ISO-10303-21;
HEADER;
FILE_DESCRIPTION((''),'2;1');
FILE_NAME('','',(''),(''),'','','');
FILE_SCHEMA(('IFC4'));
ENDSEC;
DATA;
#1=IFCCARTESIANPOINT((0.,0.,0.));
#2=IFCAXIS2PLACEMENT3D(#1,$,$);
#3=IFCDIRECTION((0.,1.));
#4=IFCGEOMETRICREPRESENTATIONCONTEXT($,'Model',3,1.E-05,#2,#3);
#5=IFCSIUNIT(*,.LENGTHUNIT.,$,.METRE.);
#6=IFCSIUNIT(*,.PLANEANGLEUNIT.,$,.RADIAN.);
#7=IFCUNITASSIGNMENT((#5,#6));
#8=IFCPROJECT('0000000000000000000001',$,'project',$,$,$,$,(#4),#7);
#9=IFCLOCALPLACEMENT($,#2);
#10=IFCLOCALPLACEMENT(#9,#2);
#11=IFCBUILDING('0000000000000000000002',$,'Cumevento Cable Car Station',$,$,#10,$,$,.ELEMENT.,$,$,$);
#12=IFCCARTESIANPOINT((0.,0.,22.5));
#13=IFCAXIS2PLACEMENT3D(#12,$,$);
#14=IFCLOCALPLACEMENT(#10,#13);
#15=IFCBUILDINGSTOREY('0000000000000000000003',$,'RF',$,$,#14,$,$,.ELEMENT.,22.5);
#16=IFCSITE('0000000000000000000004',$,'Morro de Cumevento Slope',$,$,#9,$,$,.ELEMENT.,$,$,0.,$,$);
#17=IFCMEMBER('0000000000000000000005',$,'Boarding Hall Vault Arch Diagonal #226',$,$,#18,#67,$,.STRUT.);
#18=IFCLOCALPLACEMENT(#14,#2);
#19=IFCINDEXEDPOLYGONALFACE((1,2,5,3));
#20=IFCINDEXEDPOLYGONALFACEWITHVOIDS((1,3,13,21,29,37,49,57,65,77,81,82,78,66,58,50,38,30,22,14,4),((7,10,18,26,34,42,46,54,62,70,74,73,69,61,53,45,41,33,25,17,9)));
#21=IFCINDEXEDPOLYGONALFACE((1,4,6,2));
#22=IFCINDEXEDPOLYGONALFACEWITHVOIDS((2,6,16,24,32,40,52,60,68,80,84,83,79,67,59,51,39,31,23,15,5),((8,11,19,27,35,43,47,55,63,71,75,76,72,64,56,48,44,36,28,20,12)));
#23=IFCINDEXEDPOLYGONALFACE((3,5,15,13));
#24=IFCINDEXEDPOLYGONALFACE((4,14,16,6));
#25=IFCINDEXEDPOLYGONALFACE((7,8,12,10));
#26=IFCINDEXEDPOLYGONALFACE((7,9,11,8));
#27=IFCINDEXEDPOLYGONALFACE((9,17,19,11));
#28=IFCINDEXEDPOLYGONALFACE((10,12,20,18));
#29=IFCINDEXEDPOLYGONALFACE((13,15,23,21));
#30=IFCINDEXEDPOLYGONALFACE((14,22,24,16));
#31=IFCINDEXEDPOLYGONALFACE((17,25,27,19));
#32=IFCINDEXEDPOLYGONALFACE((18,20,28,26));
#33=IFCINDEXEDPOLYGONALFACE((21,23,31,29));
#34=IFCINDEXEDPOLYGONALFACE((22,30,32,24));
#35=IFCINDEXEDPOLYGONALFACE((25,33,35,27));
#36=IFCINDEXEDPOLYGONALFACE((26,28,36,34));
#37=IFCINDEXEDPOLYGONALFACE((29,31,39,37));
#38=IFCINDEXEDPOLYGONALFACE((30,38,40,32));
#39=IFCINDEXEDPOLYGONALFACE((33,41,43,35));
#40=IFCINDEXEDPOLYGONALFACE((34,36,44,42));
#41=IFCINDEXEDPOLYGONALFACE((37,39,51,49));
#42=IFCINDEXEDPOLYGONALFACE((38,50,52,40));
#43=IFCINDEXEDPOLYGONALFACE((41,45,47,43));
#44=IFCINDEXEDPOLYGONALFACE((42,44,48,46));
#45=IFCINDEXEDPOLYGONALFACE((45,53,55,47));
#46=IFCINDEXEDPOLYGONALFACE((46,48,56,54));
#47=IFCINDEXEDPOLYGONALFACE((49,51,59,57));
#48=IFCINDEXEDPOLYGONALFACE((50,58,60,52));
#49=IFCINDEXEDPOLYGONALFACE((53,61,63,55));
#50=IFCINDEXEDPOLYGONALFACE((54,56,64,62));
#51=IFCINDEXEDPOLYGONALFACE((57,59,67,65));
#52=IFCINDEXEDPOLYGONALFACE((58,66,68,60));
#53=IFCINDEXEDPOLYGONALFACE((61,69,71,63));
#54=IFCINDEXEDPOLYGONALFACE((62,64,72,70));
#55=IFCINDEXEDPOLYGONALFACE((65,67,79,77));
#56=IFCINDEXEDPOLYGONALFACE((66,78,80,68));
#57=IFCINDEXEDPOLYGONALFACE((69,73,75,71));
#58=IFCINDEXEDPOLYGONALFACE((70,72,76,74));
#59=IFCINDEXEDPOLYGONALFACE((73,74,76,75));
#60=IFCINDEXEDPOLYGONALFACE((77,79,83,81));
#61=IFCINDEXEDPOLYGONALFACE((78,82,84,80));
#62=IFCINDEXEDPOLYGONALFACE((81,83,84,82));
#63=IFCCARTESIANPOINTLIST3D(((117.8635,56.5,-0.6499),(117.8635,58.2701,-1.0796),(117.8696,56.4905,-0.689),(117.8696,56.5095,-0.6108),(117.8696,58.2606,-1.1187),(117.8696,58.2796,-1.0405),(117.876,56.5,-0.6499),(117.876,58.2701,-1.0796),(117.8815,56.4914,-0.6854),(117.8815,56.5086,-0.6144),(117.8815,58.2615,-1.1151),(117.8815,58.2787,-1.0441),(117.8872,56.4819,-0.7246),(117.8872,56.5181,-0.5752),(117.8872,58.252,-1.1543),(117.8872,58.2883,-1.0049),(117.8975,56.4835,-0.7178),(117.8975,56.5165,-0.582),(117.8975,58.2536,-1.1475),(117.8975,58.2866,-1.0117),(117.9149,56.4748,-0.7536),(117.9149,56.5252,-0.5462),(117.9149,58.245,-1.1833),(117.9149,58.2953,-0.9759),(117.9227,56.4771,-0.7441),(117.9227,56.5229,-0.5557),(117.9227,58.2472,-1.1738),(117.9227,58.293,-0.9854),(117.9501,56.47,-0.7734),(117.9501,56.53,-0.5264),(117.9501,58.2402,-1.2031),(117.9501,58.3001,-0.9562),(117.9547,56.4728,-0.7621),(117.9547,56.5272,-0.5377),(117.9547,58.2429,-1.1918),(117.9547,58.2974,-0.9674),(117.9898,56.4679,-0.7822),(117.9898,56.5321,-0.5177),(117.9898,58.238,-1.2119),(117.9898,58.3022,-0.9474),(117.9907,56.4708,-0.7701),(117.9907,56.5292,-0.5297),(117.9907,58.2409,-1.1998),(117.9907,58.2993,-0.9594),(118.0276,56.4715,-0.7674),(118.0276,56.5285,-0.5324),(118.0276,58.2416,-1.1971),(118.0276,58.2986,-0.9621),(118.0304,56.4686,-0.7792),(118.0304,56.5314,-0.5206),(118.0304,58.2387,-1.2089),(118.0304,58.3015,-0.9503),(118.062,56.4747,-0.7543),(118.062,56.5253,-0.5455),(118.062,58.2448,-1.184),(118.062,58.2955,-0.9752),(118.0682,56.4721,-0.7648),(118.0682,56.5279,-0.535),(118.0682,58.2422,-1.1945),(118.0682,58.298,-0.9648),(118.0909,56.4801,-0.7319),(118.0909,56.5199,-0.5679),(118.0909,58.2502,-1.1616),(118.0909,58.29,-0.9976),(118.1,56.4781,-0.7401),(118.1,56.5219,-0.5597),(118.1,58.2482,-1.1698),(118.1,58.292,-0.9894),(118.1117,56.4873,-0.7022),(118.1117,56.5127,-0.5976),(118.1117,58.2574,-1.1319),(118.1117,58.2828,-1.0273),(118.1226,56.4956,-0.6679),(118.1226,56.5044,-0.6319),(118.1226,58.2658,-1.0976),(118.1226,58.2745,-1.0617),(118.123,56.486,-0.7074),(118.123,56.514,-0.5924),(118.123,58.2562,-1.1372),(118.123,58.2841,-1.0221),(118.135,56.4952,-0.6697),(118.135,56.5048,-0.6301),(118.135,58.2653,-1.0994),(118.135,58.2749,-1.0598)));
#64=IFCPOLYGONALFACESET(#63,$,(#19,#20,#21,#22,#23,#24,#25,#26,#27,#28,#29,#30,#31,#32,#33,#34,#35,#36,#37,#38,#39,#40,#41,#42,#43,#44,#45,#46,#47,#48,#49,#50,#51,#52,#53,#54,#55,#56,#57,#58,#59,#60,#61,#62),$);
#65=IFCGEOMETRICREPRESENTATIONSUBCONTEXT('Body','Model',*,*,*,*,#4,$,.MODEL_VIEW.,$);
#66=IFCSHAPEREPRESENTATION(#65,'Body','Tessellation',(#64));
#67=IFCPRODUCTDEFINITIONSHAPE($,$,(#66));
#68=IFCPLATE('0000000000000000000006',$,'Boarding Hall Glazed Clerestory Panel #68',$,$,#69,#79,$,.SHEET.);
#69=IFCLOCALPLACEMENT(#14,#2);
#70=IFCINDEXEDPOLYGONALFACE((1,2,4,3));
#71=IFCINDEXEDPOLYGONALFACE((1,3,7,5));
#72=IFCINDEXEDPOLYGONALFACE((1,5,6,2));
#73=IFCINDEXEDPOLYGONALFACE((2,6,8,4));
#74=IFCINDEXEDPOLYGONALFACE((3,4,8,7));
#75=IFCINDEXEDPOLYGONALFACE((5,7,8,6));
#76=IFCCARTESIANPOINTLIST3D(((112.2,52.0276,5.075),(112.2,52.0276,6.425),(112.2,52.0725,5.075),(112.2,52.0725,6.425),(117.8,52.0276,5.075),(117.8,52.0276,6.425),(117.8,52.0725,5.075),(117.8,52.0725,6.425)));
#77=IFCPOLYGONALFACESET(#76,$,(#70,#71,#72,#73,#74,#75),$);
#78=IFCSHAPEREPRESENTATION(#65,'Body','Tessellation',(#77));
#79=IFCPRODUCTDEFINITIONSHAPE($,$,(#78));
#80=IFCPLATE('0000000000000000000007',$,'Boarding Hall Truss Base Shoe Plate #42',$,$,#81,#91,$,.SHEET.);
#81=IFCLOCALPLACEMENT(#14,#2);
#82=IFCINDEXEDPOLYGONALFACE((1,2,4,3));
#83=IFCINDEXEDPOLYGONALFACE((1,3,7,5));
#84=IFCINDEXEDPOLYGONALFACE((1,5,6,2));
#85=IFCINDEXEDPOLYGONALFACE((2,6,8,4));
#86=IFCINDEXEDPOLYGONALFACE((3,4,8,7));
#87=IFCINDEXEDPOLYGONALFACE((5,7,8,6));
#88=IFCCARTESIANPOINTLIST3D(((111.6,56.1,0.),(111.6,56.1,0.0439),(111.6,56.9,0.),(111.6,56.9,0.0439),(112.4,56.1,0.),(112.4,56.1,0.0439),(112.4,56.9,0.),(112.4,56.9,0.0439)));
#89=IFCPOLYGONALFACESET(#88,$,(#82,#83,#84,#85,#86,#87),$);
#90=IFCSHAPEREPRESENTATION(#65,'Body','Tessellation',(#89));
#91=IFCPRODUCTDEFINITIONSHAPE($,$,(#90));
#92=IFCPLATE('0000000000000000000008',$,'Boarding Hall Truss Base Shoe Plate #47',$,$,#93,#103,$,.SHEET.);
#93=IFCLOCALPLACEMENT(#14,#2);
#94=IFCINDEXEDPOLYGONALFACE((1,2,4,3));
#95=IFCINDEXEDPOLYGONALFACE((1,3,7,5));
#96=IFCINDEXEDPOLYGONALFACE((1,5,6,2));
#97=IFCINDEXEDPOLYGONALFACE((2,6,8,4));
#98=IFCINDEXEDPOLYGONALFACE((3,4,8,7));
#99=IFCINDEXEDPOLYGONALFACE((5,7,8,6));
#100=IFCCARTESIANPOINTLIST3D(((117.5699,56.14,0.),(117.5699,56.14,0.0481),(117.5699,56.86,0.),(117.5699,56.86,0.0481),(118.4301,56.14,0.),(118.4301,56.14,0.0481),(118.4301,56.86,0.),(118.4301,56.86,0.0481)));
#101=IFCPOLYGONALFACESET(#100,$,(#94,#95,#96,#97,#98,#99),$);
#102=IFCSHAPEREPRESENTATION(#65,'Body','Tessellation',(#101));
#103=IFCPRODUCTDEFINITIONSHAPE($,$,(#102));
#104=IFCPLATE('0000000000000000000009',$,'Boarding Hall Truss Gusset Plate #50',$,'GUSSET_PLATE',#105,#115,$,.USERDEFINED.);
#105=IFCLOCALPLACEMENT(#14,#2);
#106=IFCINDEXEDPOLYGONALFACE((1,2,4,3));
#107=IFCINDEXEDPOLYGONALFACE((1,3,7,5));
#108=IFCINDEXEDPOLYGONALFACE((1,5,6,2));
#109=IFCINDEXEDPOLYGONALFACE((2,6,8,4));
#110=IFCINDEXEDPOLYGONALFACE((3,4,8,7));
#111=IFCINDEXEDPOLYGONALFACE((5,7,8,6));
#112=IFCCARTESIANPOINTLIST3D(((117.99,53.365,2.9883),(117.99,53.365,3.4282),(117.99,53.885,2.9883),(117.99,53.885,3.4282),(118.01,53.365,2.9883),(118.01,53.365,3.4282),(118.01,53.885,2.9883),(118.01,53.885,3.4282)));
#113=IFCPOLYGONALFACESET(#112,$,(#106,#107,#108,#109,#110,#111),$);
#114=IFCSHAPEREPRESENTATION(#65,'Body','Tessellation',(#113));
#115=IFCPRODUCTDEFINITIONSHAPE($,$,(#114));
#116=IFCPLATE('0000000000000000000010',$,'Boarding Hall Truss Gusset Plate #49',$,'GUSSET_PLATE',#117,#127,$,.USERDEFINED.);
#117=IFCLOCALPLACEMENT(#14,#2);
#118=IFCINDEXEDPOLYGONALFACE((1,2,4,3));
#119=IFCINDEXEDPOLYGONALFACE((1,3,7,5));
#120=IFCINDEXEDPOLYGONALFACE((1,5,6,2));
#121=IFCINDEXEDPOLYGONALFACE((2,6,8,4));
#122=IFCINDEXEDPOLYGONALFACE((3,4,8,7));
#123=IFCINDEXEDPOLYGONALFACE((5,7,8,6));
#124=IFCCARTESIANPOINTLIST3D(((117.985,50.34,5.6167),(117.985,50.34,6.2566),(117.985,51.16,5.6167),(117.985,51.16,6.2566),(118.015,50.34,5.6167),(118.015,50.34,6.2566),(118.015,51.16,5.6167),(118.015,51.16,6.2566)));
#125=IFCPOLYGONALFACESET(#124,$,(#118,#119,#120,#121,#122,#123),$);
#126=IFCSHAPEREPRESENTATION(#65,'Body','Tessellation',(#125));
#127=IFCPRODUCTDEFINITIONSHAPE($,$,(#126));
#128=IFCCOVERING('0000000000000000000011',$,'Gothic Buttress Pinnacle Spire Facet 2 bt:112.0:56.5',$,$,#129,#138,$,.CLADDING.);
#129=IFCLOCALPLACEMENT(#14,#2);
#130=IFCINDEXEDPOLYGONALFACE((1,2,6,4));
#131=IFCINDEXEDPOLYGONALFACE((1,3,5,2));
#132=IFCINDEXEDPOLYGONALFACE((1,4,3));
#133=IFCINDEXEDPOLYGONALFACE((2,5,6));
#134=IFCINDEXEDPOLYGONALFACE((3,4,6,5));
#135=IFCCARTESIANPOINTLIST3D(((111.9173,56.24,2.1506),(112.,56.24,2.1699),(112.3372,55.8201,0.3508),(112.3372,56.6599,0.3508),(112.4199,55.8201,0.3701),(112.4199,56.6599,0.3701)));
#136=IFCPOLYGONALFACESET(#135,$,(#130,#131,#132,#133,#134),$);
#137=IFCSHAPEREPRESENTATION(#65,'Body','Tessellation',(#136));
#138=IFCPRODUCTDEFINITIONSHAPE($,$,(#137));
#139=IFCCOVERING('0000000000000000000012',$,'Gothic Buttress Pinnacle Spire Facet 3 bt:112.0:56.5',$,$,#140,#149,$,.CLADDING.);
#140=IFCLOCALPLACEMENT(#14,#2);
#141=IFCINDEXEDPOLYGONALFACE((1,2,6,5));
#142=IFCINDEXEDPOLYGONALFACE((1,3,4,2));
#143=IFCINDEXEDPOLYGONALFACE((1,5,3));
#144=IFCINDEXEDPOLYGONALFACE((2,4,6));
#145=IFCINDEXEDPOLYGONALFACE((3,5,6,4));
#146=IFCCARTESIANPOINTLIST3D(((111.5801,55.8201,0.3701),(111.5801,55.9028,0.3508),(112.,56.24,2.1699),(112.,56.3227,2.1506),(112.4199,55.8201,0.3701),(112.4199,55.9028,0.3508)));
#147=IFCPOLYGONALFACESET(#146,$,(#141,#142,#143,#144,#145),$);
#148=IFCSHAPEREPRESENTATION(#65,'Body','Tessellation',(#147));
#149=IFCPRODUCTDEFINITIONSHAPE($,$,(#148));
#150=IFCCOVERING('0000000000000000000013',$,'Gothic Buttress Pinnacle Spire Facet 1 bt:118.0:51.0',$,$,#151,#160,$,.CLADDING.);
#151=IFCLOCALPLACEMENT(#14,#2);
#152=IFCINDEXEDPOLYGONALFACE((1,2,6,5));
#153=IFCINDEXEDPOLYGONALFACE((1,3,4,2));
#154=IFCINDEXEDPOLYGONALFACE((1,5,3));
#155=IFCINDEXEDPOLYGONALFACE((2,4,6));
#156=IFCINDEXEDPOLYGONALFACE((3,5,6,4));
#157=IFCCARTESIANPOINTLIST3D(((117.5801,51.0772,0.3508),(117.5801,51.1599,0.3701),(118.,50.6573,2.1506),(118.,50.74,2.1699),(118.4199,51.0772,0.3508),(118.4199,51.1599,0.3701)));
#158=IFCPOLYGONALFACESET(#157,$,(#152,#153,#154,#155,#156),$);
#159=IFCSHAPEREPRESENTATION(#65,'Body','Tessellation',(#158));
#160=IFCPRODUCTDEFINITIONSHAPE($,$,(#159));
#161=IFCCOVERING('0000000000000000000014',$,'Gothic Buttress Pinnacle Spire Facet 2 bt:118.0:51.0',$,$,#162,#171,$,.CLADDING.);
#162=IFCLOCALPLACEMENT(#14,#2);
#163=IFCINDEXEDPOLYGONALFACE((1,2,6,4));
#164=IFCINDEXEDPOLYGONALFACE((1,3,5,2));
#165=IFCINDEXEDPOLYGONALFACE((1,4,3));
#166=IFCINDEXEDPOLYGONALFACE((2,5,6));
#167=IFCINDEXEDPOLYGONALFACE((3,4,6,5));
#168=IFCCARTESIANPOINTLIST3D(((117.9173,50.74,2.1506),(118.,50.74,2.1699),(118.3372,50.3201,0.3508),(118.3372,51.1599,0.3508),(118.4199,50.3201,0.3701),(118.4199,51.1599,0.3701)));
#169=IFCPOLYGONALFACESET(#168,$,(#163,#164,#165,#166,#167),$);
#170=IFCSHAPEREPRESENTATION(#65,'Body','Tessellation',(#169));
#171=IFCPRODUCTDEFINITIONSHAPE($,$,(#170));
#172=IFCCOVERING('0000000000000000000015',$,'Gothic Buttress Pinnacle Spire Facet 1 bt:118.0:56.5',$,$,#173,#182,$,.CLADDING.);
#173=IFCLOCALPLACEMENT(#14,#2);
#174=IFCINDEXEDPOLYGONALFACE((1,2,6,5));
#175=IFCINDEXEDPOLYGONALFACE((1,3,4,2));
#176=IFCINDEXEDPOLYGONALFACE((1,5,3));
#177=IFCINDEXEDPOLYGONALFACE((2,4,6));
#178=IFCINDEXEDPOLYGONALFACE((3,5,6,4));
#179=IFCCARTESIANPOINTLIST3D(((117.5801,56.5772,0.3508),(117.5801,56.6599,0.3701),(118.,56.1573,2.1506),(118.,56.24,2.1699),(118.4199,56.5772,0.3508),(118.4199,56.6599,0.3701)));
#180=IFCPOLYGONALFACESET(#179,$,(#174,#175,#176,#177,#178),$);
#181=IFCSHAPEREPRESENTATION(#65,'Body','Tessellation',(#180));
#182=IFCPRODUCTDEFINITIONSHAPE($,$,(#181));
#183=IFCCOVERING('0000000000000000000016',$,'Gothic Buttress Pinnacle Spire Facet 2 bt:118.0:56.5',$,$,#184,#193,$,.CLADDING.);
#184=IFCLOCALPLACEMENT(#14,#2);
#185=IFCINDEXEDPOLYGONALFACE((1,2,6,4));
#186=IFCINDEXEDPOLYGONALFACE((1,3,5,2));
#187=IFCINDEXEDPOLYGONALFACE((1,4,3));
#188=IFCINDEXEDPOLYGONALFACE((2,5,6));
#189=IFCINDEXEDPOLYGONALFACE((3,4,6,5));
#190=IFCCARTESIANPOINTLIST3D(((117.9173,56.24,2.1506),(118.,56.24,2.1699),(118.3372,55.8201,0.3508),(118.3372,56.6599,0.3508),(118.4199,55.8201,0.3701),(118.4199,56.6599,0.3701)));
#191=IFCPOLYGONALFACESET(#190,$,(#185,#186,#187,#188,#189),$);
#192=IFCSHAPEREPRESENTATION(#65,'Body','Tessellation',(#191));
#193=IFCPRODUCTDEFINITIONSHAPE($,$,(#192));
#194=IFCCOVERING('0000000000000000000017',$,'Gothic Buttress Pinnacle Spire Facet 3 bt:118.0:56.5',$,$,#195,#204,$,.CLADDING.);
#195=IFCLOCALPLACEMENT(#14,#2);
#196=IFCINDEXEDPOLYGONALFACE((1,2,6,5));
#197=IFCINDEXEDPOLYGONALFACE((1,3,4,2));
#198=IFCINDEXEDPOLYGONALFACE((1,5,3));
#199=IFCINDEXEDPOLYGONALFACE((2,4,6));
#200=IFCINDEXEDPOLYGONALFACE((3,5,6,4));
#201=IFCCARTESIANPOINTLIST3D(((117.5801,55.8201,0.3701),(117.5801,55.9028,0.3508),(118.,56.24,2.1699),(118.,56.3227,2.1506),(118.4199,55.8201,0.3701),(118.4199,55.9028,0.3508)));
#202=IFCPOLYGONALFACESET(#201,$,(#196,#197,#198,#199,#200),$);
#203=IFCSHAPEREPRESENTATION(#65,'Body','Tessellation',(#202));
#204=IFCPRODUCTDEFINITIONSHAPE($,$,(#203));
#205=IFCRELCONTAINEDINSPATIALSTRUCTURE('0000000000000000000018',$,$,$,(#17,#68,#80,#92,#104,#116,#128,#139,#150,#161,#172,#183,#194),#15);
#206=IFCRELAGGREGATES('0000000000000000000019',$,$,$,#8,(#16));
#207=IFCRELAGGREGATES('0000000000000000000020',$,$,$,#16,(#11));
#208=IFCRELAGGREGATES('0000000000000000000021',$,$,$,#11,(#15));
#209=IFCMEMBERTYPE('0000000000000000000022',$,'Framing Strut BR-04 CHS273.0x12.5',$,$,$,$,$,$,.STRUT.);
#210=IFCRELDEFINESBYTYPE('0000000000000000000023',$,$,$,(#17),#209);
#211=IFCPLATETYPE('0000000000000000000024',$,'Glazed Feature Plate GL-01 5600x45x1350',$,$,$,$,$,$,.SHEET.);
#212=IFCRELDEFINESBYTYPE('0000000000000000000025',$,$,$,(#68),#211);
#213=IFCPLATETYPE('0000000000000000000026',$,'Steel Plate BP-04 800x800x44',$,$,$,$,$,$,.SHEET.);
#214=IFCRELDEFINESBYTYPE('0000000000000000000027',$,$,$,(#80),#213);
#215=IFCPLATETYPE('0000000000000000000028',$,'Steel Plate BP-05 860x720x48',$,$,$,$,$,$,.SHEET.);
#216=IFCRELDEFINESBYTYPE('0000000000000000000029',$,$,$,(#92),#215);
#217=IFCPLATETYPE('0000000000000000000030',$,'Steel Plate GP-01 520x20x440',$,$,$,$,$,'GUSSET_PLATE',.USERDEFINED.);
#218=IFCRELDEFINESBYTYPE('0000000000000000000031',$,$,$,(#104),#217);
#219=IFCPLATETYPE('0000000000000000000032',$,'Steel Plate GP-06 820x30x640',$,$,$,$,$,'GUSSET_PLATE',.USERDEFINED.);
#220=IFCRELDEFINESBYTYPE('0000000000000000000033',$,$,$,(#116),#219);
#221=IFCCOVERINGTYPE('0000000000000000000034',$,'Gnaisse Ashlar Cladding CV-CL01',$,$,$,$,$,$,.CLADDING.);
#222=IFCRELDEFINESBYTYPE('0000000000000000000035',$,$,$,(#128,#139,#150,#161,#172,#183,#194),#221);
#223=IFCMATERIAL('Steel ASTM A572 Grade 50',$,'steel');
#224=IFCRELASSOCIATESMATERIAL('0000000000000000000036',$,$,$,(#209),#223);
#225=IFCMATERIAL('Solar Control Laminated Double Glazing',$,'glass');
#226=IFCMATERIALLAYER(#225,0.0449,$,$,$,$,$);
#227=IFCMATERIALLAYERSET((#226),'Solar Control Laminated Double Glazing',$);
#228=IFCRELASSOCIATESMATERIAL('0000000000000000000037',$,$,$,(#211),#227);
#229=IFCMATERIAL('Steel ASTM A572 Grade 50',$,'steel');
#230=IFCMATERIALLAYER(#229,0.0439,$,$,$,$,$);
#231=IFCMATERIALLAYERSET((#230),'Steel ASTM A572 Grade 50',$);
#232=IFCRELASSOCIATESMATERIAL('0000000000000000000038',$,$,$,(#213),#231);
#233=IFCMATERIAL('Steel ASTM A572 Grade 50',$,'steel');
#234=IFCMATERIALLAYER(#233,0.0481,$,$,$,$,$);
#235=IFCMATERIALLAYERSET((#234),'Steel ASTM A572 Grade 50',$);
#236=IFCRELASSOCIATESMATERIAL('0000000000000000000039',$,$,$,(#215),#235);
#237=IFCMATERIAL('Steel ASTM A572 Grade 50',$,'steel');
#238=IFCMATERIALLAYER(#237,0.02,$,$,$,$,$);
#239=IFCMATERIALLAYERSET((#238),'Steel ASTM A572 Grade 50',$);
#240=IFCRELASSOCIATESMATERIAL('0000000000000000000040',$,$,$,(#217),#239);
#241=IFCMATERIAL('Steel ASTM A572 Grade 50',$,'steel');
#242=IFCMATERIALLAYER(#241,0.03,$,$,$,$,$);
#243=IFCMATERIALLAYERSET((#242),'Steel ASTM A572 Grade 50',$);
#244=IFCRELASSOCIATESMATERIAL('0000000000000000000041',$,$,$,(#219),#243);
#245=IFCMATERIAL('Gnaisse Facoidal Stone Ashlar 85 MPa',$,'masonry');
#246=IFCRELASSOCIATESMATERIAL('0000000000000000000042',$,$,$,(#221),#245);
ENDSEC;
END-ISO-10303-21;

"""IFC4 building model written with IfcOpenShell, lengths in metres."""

from ifc_helpers import new_model, si_unit, direction, frame, origin, origin_2d, place, context, subcontext, project, spatial, polyline, rectangle, hollow_circle, outline, extrude, material, layer, layer_set, material_profile, profile_set, type_object, element, save


model = new_model("IFC4")

# Units and contexts
model_context = context("Model", 3, precision=1e-05, world=origin(), true_north=direction((0.0, 1.0)))
body_context = subcontext(model_context, "Body", "Model", "MODEL_VIEW")
ifc_project = project(units=[si_unit("LENGTHUNIT", "METRE"), si_unit("PLANEANGLEUNIT", "RADIAN")], contexts=[model_context])

# Site, building, storey
site_placement = place(None, origin())
site = spatial("IfcSite", under=ifc_project, at=site_placement, Name="Morro de Cumevento Slope", CompositionType="ELEMENT", RefElevation=0.0)
building_placement = place(site_placement, origin())
building = spatial("IfcBuilding", under=site, at=building_placement, Name="Cumevento Cable Car Station", CompositionType="ELEMENT")
storey_placement = place(building_placement, frame((0.0, 0.0, 22.5)))
storey = spatial("IfcBuildingStorey", under=building, at=storey_placement, Name="RF", CompositionType="ELEMENT", Elevation=22.5)

# Member
ifc_material_1 = material(Name="Steel ASTM A572 Grade 50", Category="steel")
ifc_material_profile_1 = material_profile(ifc_material_1, hollow_circle(Radius=0.1365, WallThickness=0.0125, at=origin_2d()), Name="CHS273.0x12.5")
ifc_profile_set_1 = profile_set([ifc_material_profile_1], Name="Steel ASTM A572 Grade 50")
member_type_1 = type_object("IfcMemberType", Name="Framing Strut BR-04 CHS273.0x12.5", PredefinedType="STRUT", material=ifc_profile_set_1)
for number, where, z_axis, x_axis, name in (
    (1, (118.0, 56.5, -0.6499), (0.0, 0.971776, -0.235907), (-1.0, 0.0, 0.0), "Boarding Hall Vault Arch Diagonal #226"),
):
    element("IfcMember", number, at=place(storey_placement, frame(where, z_axis=z_axis, x_axis=x_axis)), inside=storey, type_object=member_type_1, Name=name, PredefinedType="STRUT", context=body_context, shape_type="SweptSolid", body=[
        extrude(hollow_circle(Radius=0.1365, WallThickness=0.0125, at=origin_2d()), origin(), (0.0, 0.0, 1.0), 1.8215),
    ])

# Plates
ifc_material_2 = material(Name="Solar Control Laminated Double Glazing", Category="glass")
ifc_layer_1 = layer(ifc_material_2, 0.0449)
ifc_layer_set_1 = layer_set([ifc_layer_1], Name="Solar Control Laminated Double Glazing")
plate_type_1 = type_object("IfcPlateType", Name="Glazed Feature Plate GL-01 5600x45x1350", PredefinedType="SHEET", material=ifc_layer_set_1)
plate_1_placement = place(storey_placement, frame((115.0, 52.05, 5.075), z_axis=(0.0, 0.0, 1.0), x_axis=(1.0, 0.0, 0.0)))
element("IfcPlate", 2, at=plate_1_placement, inside=storey, type_object=plate_type_1, Name="Boarding Hall Glazed Clerestory Panel #68", PredefinedType="SHEET", context=body_context, shape_type="SweptSolid", body=[
    extrude(rectangle(XDim=5.6001, YDim=0.0449, at=origin_2d()), origin(), (0.0, 0.0, 1.0), 1.3501),
])
ifc_material_3 = material(Name="Steel ASTM A572 Grade 50", Category="steel")
ifc_layer_2 = layer(ifc_material_3, 0.0439)
ifc_layer_set_2 = layer_set([ifc_layer_2], Name="Steel ASTM A572 Grade 50")
plate_type_2 = type_object("IfcPlateType", Name="Steel Plate BP-04 800x800x44", PredefinedType="SHEET", material=ifc_layer_set_2)
plate_2_placement = place(storey_placement, frame((112.0, 56.5, 0.0), z_axis=(0.0, 0.0, 1.0), x_axis=(1.0, 0.0, 0.0)))
element("IfcPlate", 3, at=plate_2_placement, inside=storey, type_object=plate_type_2, Name="Boarding Hall Truss Base Shoe Plate #42", PredefinedType="SHEET", context=body_context, shape_type="SweptSolid", body=[
    extrude(rectangle(XDim=0.8, YDim=0.8, at=origin_2d()), origin(), (0.0, 0.0, 1.0), 0.0439),
])
ifc_material_4 = material(Name="Steel ASTM A572 Grade 50", Category="steel")
ifc_layer_3 = layer(ifc_material_4, 0.0481)
ifc_layer_set_3 = layer_set([ifc_layer_3], Name="Steel ASTM A572 Grade 50")
plate_type_3 = type_object("IfcPlateType", Name="Steel Plate BP-05 860x720x48", PredefinedType="SHEET", material=ifc_layer_set_3)
plate_3_placement = place(storey_placement, frame((118.0, 56.5, 0.0), z_axis=(0.0, 0.0, 1.0), x_axis=(1.0, 0.0, 0.0)))
element("IfcPlate", 4, at=plate_3_placement, inside=storey, type_object=plate_type_3, Name="Boarding Hall Truss Base Shoe Plate #47", PredefinedType="SHEET", context=body_context, shape_type="SweptSolid", body=[
    extrude(rectangle(XDim=0.8601, YDim=0.72, at=origin_2d()), origin(), (0.0, 0.0, 1.0), 0.0481),
])
ifc_material_5 = material(Name="Steel ASTM A572 Grade 50", Category="steel")
ifc_layer_4 = layer(ifc_material_5, 0.02)
ifc_layer_set_4 = layer_set([ifc_layer_4], Name="Steel ASTM A572 Grade 50")
plate_type_4 = type_object("IfcPlateType", Name="Steel Plate GP-01 520x20x440", ElementType="GUSSET_PLATE", PredefinedType="USERDEFINED", material=ifc_layer_set_4)
plate_4_placement = place(storey_placement, frame((118.0, 53.625, 2.9883), z_axis=(0.0, 0.0, 1.0), x_axis=(0.0, 1.0, 0.0)))
element("IfcPlate", 5, at=plate_4_placement, inside=storey, type_object=plate_type_4, Name="Boarding Hall Truss Gusset Plate #50", ObjectType="GUSSET_PLATE", PredefinedType="USERDEFINED", context=body_context, shape_type="SweptSolid", body=[
    extrude(rectangle(XDim=0.52, YDim=0.02, at=origin_2d()), origin(), (0.0, 0.0, 1.0), 0.4399),
])
ifc_material_6 = material(Name="Steel ASTM A572 Grade 50", Category="steel")
ifc_layer_5 = layer(ifc_material_6, 0.03)
ifc_layer_set_5 = layer_set([ifc_layer_5], Name="Steel ASTM A572 Grade 50")
plate_type_5 = type_object("IfcPlateType", Name="Steel Plate GP-06 820x30x640", ElementType="GUSSET_PLATE", PredefinedType="USERDEFINED", material=ifc_layer_set_5)
plate_5_placement = place(storey_placement, frame((118.0, 50.75, 5.6167), z_axis=(0.0, 0.0, 1.0), x_axis=(0.0, 1.0, 0.0)))
element("IfcPlate", 6, at=plate_5_placement, inside=storey, type_object=plate_type_5, Name="Boarding Hall Truss Gusset Plate #49", ObjectType="GUSSET_PLATE", PredefinedType="USERDEFINED", context=body_context, shape_type="SweptSolid", body=[
    extrude(rectangle(XDim=0.8201, YDim=0.03, at=origin_2d()), origin(), (0.0, 0.0, 1.0), 0.6399),
])

# Coverings
ifc_material_7 = material(Name="Gnaisse Facoidal Stone Ashlar 85 MPa", Category="masonry")
covering_type = type_object("IfcCoveringType", Name="Gnaisse Ashlar Cladding CV-CL01", PredefinedType="CLADDING", material=ifc_material_7)
for number, where, z_axis, x_axis, name in (
    (7, (112.4199, 56.6599, 0.3701), (0.973845, 0.0, 0.227213), (0.0, -1.0, 0.0), "Gothic Buttress Pinnacle Spire Facet 2 bt:112.0:56.5"),
    (8, (112.4199, 55.8201, 0.3701), (0.0, -0.973845, 0.227213), (-1.0, 0.0, 0.0), "Gothic Buttress Pinnacle Spire Facet 3 bt:112.0:56.5"),
    (9, (117.5801, 51.1599, 0.3701), (0.0, 0.973845, 0.227213), (1.0, 0.0, 0.0), "Gothic Buttress Pinnacle Spire Facet 1 bt:118.0:51.0"),
    (10, (118.4199, 51.1599, 0.3701), (0.973845, 0.0, 0.227213), (0.0, -1.0, 0.0), "Gothic Buttress Pinnacle Spire Facet 2 bt:118.0:51.0"),
    (11, (117.5801, 56.6599, 0.3701), (0.0, 0.973845, 0.227213), (1.0, 0.0, 0.0), "Gothic Buttress Pinnacle Spire Facet 1 bt:118.0:56.5"),
    (12, (118.4199, 56.6599, 0.3701), (0.973845, 0.0, 0.227213), (0.0, -1.0, 0.0), "Gothic Buttress Pinnacle Spire Facet 2 bt:118.0:56.5"),
    (13, (118.4199, 55.8201, 0.3701), (0.0, -0.973845, 0.227213), (-1.0, 0.0, 0.0), "Gothic Buttress Pinnacle Spire Facet 3 bt:118.0:56.5"),
):
    element("IfcCovering", number, at=place(storey_placement, frame(where, z_axis=z_axis, x_axis=x_axis)), inside=storey, type_object=covering_type, Name=name, PredefinedType="CLADDING", context=body_context, shape_type="SweptSolid", body=[
        extrude(outline(polyline([(0.0, 0.0), (0.8398, 0.0), (0.4199, -1.8481), (0.0, 0.0)])), origin(), (0.0, 0.0, -1.0), 0.085),
    ])

save(model, "model.ifc")
